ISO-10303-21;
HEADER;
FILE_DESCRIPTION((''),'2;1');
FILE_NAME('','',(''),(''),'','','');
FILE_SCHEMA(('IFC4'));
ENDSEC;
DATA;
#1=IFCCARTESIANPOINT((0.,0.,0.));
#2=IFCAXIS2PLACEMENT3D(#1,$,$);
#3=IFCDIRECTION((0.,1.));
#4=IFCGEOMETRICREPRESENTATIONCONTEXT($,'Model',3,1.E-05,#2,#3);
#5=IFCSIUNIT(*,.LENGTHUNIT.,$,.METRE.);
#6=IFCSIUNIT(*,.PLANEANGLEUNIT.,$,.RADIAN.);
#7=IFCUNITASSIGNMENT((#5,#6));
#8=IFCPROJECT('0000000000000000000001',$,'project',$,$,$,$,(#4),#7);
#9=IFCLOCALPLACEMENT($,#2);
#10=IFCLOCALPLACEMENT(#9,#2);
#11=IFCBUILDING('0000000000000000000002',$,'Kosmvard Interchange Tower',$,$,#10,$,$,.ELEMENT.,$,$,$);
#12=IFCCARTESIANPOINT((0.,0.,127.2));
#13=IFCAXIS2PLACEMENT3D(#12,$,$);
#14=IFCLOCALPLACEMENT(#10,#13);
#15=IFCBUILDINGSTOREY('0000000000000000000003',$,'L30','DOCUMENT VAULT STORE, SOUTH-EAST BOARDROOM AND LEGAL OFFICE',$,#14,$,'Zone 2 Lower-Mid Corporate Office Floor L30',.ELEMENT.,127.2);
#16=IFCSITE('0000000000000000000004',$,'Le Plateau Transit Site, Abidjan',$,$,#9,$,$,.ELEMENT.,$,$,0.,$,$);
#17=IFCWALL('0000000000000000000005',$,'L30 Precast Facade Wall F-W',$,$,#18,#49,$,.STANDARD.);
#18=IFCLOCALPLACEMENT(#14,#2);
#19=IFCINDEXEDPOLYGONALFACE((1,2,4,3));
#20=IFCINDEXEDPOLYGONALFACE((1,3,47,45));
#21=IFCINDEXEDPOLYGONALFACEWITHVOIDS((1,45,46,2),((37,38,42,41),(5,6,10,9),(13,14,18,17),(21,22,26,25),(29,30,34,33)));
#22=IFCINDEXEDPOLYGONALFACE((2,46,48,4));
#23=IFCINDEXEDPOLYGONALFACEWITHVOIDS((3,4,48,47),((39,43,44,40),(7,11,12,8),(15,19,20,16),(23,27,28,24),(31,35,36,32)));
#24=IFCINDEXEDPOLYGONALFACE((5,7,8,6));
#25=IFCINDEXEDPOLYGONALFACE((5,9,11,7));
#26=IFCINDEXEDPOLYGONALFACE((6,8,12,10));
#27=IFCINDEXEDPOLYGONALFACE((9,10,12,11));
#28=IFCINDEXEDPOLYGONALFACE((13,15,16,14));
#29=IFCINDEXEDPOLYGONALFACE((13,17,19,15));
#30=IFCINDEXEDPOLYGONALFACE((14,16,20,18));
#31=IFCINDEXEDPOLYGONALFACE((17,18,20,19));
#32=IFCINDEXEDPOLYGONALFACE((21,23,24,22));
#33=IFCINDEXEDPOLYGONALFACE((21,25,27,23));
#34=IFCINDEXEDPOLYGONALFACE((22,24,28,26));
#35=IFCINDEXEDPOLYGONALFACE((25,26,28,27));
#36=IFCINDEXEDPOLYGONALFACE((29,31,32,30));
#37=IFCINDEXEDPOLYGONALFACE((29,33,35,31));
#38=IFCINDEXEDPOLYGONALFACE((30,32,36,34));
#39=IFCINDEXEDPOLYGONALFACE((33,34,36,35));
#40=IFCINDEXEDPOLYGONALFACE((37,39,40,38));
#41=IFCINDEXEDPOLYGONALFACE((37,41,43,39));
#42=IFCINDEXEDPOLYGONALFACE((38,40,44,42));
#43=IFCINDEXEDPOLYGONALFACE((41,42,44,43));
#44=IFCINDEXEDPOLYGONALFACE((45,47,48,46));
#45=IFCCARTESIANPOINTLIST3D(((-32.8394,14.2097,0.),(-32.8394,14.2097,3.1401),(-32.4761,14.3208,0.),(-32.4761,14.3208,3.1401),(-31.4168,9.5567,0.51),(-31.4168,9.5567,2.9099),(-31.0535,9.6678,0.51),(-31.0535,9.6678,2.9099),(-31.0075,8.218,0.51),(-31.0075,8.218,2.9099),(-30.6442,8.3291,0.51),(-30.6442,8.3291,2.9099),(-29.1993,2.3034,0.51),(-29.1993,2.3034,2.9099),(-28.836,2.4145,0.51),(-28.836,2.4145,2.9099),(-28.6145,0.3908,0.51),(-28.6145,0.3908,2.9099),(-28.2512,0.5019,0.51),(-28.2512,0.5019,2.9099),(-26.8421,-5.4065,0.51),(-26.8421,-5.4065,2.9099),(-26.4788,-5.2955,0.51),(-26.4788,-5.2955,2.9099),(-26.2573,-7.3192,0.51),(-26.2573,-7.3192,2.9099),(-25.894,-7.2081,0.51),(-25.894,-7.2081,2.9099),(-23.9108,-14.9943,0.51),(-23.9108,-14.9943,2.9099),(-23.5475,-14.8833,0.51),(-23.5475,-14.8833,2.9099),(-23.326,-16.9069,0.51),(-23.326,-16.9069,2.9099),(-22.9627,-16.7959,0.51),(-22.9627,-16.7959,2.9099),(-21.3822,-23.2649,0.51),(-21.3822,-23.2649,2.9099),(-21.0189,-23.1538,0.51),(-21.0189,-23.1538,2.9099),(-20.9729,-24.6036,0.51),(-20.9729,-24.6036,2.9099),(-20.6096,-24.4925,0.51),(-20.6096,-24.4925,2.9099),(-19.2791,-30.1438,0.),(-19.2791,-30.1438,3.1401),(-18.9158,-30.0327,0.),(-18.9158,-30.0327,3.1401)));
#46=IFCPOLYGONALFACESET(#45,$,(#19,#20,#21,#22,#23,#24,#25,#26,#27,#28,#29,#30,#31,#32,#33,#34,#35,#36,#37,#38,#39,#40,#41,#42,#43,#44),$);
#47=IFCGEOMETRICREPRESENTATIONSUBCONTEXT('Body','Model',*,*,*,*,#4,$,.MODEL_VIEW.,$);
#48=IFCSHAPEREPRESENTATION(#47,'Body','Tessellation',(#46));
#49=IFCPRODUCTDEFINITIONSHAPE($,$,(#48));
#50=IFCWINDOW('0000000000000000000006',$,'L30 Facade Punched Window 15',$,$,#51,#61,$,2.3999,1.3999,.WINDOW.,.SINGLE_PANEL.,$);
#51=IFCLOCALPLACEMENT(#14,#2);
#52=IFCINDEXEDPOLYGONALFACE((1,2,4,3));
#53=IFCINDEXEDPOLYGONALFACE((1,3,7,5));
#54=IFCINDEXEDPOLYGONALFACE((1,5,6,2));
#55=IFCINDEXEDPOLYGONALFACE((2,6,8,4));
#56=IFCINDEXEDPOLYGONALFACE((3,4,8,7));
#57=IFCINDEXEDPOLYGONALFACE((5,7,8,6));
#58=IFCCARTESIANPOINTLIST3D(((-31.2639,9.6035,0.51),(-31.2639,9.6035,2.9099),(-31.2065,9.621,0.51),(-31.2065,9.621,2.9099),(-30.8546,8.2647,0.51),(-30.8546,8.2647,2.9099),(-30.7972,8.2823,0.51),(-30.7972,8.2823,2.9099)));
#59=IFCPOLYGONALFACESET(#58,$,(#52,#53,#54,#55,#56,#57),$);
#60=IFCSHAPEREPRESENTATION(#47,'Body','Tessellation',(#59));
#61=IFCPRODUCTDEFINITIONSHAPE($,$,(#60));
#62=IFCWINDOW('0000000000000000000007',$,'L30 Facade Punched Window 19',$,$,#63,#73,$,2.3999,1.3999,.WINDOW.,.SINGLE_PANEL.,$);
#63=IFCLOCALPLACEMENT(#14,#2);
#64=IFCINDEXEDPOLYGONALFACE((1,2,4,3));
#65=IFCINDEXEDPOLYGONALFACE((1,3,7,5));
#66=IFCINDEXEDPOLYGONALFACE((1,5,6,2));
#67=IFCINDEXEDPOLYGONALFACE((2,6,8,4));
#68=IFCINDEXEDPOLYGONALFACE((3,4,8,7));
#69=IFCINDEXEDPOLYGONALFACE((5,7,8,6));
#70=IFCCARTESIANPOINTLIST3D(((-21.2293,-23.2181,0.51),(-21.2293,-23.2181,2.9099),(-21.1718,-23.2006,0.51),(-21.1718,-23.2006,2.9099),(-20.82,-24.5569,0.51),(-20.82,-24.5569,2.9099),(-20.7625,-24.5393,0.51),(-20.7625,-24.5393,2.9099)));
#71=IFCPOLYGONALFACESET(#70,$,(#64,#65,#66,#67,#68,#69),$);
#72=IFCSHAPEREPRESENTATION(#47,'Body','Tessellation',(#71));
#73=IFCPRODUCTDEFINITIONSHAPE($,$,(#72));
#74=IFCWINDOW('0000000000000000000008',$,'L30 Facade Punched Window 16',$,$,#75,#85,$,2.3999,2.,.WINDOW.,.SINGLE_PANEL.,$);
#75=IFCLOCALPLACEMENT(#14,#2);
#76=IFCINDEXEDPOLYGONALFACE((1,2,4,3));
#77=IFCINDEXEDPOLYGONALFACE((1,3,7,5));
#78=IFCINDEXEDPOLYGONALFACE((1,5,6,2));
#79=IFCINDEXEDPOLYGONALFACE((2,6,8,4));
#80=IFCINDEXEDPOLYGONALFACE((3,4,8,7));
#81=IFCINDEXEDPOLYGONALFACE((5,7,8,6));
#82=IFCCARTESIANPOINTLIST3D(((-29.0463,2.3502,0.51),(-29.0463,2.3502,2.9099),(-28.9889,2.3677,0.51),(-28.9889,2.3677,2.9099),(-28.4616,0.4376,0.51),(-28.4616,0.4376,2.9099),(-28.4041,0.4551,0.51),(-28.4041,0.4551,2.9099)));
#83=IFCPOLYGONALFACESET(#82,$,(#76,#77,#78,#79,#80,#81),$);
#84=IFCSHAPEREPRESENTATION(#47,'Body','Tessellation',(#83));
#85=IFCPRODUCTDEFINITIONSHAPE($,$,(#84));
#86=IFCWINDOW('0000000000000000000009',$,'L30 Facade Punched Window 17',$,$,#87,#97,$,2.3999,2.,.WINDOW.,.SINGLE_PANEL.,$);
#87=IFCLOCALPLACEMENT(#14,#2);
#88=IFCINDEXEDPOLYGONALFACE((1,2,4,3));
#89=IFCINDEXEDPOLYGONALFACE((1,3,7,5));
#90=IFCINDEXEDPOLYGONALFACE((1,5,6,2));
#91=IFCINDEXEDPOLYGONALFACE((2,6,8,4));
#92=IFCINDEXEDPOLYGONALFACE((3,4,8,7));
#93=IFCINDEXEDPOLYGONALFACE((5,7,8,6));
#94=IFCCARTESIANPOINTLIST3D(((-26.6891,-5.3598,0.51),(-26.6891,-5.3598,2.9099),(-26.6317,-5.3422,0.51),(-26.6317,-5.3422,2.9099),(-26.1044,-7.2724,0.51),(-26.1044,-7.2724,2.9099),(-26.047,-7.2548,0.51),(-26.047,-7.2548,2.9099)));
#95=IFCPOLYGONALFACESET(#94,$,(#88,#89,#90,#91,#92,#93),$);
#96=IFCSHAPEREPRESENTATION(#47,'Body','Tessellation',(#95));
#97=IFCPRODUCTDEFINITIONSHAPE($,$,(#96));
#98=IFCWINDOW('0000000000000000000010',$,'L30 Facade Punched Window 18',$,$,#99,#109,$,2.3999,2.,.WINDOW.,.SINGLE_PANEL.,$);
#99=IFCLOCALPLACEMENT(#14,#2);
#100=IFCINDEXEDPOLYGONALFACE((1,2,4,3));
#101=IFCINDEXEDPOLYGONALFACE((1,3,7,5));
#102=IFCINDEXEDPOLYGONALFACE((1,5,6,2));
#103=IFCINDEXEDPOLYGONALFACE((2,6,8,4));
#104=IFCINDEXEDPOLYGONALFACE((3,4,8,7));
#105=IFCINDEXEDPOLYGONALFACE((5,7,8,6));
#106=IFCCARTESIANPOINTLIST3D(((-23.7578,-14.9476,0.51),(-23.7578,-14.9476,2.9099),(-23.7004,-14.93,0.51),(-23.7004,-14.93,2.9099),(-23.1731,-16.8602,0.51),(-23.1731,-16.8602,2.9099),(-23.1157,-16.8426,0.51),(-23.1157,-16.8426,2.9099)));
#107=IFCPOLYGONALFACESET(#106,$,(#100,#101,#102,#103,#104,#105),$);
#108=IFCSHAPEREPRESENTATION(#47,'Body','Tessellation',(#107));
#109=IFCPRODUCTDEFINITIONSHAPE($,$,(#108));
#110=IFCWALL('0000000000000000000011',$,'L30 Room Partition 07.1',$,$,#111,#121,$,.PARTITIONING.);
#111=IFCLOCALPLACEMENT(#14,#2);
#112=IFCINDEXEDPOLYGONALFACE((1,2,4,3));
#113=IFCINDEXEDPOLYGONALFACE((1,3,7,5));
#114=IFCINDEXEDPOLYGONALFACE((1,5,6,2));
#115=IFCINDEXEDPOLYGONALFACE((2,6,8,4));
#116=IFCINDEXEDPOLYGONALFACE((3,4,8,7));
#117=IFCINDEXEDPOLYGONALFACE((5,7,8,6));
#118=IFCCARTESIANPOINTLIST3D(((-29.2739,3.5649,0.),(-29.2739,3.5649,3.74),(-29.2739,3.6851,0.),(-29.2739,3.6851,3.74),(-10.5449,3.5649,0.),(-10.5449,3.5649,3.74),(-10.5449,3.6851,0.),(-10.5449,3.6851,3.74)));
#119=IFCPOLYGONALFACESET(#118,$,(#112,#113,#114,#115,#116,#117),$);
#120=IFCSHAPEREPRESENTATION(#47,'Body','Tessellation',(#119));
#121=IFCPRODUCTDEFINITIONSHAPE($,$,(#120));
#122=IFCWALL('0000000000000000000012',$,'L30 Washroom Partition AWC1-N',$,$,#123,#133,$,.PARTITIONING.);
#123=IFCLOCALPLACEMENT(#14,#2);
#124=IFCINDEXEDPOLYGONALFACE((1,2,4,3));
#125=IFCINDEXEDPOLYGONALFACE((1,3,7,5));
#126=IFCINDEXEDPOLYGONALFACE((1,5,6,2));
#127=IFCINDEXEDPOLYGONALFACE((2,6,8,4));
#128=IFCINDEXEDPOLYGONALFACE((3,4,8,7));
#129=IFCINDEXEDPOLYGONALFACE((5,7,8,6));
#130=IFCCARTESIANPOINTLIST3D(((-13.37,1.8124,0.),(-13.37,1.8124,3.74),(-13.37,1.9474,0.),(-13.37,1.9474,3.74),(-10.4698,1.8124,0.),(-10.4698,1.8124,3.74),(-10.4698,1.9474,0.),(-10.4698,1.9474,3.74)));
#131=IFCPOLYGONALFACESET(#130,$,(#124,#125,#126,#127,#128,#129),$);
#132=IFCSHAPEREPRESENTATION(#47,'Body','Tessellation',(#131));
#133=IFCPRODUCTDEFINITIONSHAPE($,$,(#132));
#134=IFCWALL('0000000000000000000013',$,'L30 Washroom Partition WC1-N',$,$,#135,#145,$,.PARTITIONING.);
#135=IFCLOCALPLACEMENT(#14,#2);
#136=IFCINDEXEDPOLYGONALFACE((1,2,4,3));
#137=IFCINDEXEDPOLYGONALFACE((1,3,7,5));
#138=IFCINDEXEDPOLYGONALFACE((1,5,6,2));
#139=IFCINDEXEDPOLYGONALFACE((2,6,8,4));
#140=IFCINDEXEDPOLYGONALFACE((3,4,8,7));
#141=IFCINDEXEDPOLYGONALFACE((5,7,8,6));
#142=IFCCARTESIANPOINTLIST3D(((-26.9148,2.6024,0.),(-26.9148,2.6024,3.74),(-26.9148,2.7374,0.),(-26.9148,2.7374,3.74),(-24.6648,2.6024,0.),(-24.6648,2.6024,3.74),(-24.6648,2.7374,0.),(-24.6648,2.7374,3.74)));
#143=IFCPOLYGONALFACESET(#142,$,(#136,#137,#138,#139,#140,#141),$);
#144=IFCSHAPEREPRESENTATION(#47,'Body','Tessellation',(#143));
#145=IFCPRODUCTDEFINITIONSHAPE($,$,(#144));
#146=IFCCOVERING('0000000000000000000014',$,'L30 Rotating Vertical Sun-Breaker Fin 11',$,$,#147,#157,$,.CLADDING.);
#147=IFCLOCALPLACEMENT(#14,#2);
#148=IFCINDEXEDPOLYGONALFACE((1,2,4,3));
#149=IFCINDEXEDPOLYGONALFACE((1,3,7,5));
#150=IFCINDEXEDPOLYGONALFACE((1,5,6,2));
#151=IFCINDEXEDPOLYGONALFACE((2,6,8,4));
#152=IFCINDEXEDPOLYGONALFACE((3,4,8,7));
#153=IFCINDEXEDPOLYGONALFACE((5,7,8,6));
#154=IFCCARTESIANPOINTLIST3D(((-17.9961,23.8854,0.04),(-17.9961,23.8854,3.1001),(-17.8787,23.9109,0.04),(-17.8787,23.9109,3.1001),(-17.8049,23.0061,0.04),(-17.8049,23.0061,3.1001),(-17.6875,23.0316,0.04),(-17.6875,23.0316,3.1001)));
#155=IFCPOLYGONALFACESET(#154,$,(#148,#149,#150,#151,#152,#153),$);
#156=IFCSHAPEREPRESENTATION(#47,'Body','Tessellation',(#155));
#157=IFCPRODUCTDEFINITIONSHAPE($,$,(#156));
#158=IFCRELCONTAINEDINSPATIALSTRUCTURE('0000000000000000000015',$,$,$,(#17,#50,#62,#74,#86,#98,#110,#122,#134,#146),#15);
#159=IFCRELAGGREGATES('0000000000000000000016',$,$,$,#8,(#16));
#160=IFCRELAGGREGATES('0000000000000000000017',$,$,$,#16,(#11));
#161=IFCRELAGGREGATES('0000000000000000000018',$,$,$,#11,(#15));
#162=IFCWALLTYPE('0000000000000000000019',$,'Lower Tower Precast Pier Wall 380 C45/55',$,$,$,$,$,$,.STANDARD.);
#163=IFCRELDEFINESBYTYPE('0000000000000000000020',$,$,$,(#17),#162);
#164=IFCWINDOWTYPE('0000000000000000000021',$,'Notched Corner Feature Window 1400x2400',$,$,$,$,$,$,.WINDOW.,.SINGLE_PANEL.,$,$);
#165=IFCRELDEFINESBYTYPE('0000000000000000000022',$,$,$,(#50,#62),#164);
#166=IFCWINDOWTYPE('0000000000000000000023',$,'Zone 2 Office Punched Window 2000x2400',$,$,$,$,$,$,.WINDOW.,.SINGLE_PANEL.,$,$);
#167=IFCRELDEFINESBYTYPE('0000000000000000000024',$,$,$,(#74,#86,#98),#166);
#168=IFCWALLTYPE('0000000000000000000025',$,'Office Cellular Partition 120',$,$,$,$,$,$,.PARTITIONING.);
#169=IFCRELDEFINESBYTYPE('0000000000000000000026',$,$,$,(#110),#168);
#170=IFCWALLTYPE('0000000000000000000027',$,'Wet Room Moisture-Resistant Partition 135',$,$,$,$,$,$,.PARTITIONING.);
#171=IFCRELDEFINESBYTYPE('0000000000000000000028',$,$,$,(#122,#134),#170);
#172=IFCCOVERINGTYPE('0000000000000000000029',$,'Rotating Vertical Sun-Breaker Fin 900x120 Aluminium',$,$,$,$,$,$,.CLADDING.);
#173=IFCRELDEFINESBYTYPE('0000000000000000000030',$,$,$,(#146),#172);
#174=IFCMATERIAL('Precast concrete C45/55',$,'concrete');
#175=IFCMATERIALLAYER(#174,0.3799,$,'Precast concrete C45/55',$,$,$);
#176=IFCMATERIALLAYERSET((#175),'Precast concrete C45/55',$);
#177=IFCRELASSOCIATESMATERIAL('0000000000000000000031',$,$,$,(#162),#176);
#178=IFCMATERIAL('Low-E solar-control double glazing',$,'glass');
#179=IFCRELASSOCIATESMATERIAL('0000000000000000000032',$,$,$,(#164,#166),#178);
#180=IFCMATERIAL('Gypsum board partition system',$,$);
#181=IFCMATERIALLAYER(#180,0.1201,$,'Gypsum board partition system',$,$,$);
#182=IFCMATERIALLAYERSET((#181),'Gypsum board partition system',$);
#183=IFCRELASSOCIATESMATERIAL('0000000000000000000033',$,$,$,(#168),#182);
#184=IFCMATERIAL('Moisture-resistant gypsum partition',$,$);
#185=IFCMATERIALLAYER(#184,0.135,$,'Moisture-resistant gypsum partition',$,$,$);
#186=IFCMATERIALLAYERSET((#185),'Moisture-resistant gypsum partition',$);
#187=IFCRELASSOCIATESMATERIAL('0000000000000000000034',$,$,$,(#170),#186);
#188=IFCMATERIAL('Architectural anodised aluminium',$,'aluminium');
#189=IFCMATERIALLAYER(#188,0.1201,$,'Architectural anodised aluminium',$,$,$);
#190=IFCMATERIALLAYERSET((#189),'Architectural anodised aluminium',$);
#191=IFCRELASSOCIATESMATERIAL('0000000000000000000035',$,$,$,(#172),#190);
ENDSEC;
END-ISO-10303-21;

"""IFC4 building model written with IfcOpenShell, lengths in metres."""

from ifc_helpers import new_model, si_unit, direction, frame, frame_2d, origin, origin_2d, place, context, subcontext, project, spatial, rectangle, extrude, source, transform, mapped, material, layer, layer_set, type_object, element, fill, save


model = new_model("IFC4")

# Units and contexts
model_context = context("Model", 3, precision=1e-05, world=origin(), true_north=direction((0.0, 1.0)))
body_context = subcontext(model_context, "Body", "Model", "MODEL_VIEW")
ifc_project = project(units=[si_unit("LENGTHUNIT", "METRE"), si_unit("PLANEANGLEUNIT", "RADIAN")], contexts=[model_context])

# Site, building, storey
site_placement = place(None, origin())
site = spatial("IfcSite", under=ifc_project, at=site_placement, Name="Le Plateau Transit Site, Abidjan", CompositionType="ELEMENT", RefElevation=0.0)
building_placement = place(site_placement, origin())
building = spatial("IfcBuilding", under=site, at=building_placement, Name="Kosmvard Interchange Tower", CompositionType="ELEMENT")
storey_placement = place(building_placement, frame((0.0, 0.0, 127.2)))
storey = spatial("IfcBuildingStorey", under=building, at=storey_placement, Name="L30", Description="DOCUMENT VAULT STORE, SOUTH-EAST BOARDROOM AND LEGAL OFFICE", LongName="Zone 2 Lower-Mid Corporate Office Floor L30", CompositionType="ELEMENT", Elevation=127.2)

# Shared definitions
ifc_material_1 = material(Name="Precast concrete C45/55", Category="concrete")

# Shared definitions
ifc_layer_1 = layer(ifc_material_1, 0.3799, Name="Precast concrete C45/55")
ifc_layer_set_1 = layer_set([ifc_layer_1], Name="Precast concrete C45/55")
wall_type_1 = type_object("IfcWallType", Name="Lower Tower Precast Pier Wall 380 C45/55", PredefinedType="STANDARD", material=ifc_layer_set_1)

# Shared definitions
ifc_material_2 = material(Name="Low-E solar-control double glazing", Category="glass")
window_type_1 = type_object("IfcWindowType", Name="Notched Corner Feature Window 1400x2400", PartitioningType="SINGLE_PANEL", PredefinedType="WINDOW", material=ifc_material_2)
shared_shape_1 = source(origin(), body_context, "Body", "SweptSolid", [
    extrude(rectangle(XDim=1.3999, YDim=2.3999, at=frame_2d((0.7, 1.2))), frame((0.0, 0.03, 0.0), z_axis=(0.0, -1.0, 0.0), x_axis=(1.0, 0.0, 0.0)), (0.0, 0.0, 1.0), 0.0601),
])

# Wall, openings, windows
wall_1_placement = place(storey_placement, frame((-32.6577, 14.2651, 0.0), z_axis=(0.0, 0.0, 1.0), x_axis=(0.292373, -0.956304, 0.0)))
wall_1 = element("IfcWall", 1, at=wall_1_placement, inside=storey, type_object=wall_type_1, Name="L30 Precast Facade Wall F-W", PredefinedType="STANDARD", context=body_context, shape_type="SweptSolid", body=[
    extrude(rectangle(XDim=46.3801, YDim=0.3799, at=frame_2d((23.1899, 0.0))), origin(), (0.0, 0.0, 1.0), 3.1401),
])
opening_1_placement = place(wall_1_placement, frame((4.8655, 0.0, 0.51)))
opening_1 = element("IfcOpeningElement", 2, at=opening_1_placement, cuts=wall_1, PredefinedType="OPENING", context=body_context, shape_type="SweptSolid", body=[
    extrude(rectangle(XDim=1.3999, YDim=2.3999, at=frame_2d((0.7, 1.2))), frame((0.0, 0.2, 0.0), z_axis=(0.0, -1.0, 0.0), x_axis=(1.0, 0.0, 0.0)), (0.0, 0.0, 1.0), 0.3999),
])
opening_2_placement = place(wall_1_placement, frame((12.4502, 0.0, 0.51)))
opening_2 = element("IfcOpeningElement", 3, at=opening_2_placement, cuts=wall_1, PredefinedType="OPENING", context=body_context, shape_type="SweptSolid", body=[
    extrude(rectangle(XDim=2.0, YDim=2.3999, at=frame_2d((1.0, 1.2))), frame((0.0, 0.2, 0.0), z_axis=(0.0, -1.0, 0.0), x_axis=(1.0, 0.0, 0.0)), (0.0, 0.0, 1.0), 0.3999),
])
opening_3_placement = place(wall_1_placement, frame((20.5125, 0.0, 0.51)))
opening_3 = element("IfcOpeningElement", 4, at=opening_3_placement, cuts=wall_1, PredefinedType="OPENING", context=body_context, shape_type="SweptSolid", body=[
    extrude(rectangle(XDim=2.0, YDim=2.3999, at=frame_2d((1.0, 1.2))), frame((0.0, 0.2, 0.0), z_axis=(0.0, -1.0, 0.0), x_axis=(1.0, 0.0, 0.0)), (0.0, 0.0, 1.0), 0.3999),
])
opening_4_placement = place(wall_1_placement, frame((30.5383, 0.0, 0.51)))
opening_4 = element("IfcOpeningElement", 5, at=opening_4_placement, cuts=wall_1, PredefinedType="OPENING", context=body_context, shape_type="SweptSolid", body=[
    extrude(rectangle(XDim=2.0, YDim=2.3999, at=frame_2d((1.0, 1.2))), frame((0.0, 0.2, 0.0), z_axis=(0.0, -1.0, 0.0), x_axis=(1.0, 0.0, 0.0)), (0.0, 0.0, 1.0), 0.3999),
])
opening_5_placement = place(wall_1_placement, frame((39.1868, 0.0, 0.51)))
opening_5 = element("IfcOpeningElement", 6, at=opening_5_placement, cuts=wall_1, PredefinedType="OPENING", context=body_context, shape_type="SweptSolid", body=[
    extrude(rectangle(XDim=1.3999, YDim=2.3999, at=frame_2d((0.7, 1.2))), frame((0.0, 0.2, 0.0), z_axis=(0.0, -1.0, 0.0), x_axis=(1.0, 0.0, 0.0)), (0.0, 0.0, 1.0), 0.3999),
])
window_1_placement = place(opening_1_placement, origin())
window_1 = element("IfcWindow", 7, at=window_1_placement, inside=storey, type_object=window_type_1, Name="L30 Facade Punched Window 15", OverallHeight=2.3999, OverallWidth=1.3999, PartitioningType="SINGLE_PANEL", PredefinedType="WINDOW", context=body_context, shape_type="MappedRepresentation", body=[
    mapped(shared_shape_1, transform((0.0, 0.0, 0.0), scale=1.0)),
])
fill(opening_1, window_1)
window_2_placement = place(opening_5_placement, origin())
window_2 = element("IfcWindow", 8, at=window_2_placement, inside=storey, type_object=window_type_1, Name="L30 Facade Punched Window 19", OverallHeight=2.3999, OverallWidth=1.3999, PartitioningType="SINGLE_PANEL", PredefinedType="WINDOW", context=body_context, shape_type="MappedRepresentation", body=[
    mapped(shared_shape_1, transform((0.0, 0.0, 0.0), scale=1.0)),
])
fill(opening_5, window_2)
window_type_2 = type_object("IfcWindowType", Name="Zone 2 Office Punched Window 2000x2400", PartitioningType="SINGLE_PANEL", PredefinedType="WINDOW", material=ifc_material_2)
shared_shape_2 = source(origin(), body_context, "Body", "SweptSolid", [
    extrude(rectangle(XDim=2.0, YDim=2.3999, at=frame_2d((1.0, 1.2))), frame((0.0, 0.03, 0.0), z_axis=(0.0, -1.0, 0.0), x_axis=(1.0, 0.0, 0.0)), (0.0, 0.0, 1.0), 0.0601),
])
window_3_placement = place(opening_2_placement, origin())
window_3 = element("IfcWindow", 9, at=window_3_placement, inside=storey, type_object=window_type_2, Name="L30 Facade Punched Window 16", OverallHeight=2.3999, OverallWidth=2.0, PartitioningType="SINGLE_PANEL", PredefinedType="WINDOW", context=body_context, shape_type="MappedRepresentation", body=[
    mapped(shared_shape_2, transform((0.0, 0.0, 0.0), scale=1.0)),
])
fill(opening_2, window_3)
window_4_placement = place(opening_3_placement, origin())
window_4 = element("IfcWindow", 10, at=window_4_placement, inside=storey, type_object=window_type_2, Name="L30 Facade Punched Window 17", OverallHeight=2.3999, OverallWidth=2.0, PartitioningType="SINGLE_PANEL", PredefinedType="WINDOW", context=body_context, shape_type="MappedRepresentation", body=[
    mapped(shared_shape_2, transform((0.0, 0.0, 0.0), scale=1.0)),
])
fill(opening_3, window_4)
window_5_placement = place(opening_4_placement, origin())
window_5 = element("IfcWindow", 11, at=window_5_placement, inside=storey, type_object=window_type_2, Name="L30 Facade Punched Window 18", OverallHeight=2.3999, OverallWidth=2.0, PartitioningType="SINGLE_PANEL", PredefinedType="WINDOW", context=body_context, shape_type="MappedRepresentation", body=[
    mapped(shared_shape_2, transform((0.0, 0.0, 0.0), scale=1.0)),
])
fill(opening_4, window_5)

# Walls
ifc_material_3 = material(Name="Gypsum board partition system")
ifc_layer_2 = layer(ifc_material_3, 0.1201, Name="Gypsum board partition system")
ifc_layer_set_2 = layer_set([ifc_layer_2], Name="Gypsum board partition system")
wall_type_2 = type_object("IfcWallType", Name="Office Cellular Partition 120", PredefinedType="PARTITIONING", material=ifc_layer_set_2)
wall_2_placement = place(storey_placement, frame((-29.2739, 3.625, 0.0), z_axis=(0.0, 0.0, 1.0), x_axis=(1.0, 0.0, 0.0)))
element("IfcWall", 12, at=wall_2_placement, inside=storey, type_object=wall_type_2, Name="L30 Room Partition 07.1", PredefinedType="PARTITIONING", context=body_context, shape_type="SweptSolid", body=[
    extrude(rectangle(XDim=18.729, YDim=0.1201, at=frame_2d((9.3645, 0.0))), origin(), (0.0, 0.0, 1.0), 3.74),
])
ifc_material_4 = material(Name="Moisture-resistant gypsum partition")
ifc_layer_3 = layer(ifc_material_4, 0.135, Name="Moisture-resistant gypsum partition")
ifc_layer_set_3 = layer_set([ifc_layer_3], Name="Moisture-resistant gypsum partition")
wall_type_3 = type_object("IfcWallType", Name="Wet Room Moisture-Resistant Partition 135", PredefinedType="PARTITIONING", material=ifc_layer_set_3)
wall_3_placement = place(storey_placement, frame((-13.3701, 1.8799, 0.0), z_axis=(0.0, 0.0, 1.0), x_axis=(1.0, 0.0, 0.0)))
element("IfcWall", 13, at=wall_3_placement, inside=storey, type_object=wall_type_3, Name="L30 Washroom Partition AWC1-N", PredefinedType="PARTITIONING", context=body_context, shape_type="SweptSolid", body=[
    extrude(rectangle(XDim=2.9001, YDim=0.135, at=frame_2d((1.4502, 0.0))), origin(), (0.0, 0.0, 1.0), 3.74),
])
wall_4_placement = place(storey_placement, frame((-26.9148, 2.6699, 0.0), z_axis=(0.0, 0.0, 1.0), x_axis=(1.0, 0.0, 0.0)))
element("IfcWall", 14, at=wall_4_placement, inside=storey, type_object=wall_type_3, Name="L30 Washroom Partition WC1-N", PredefinedType="PARTITIONING", context=body_context, shape_type="SweptSolid", body=[
    extrude(rectangle(XDim=2.25, YDim=0.135, at=frame_2d((1.125, 0.0))), origin(), (0.0, 0.0, 1.0), 3.74),
])

# Covering
ifc_material_5 = material(Name="Architectural anodised aluminium", Category="aluminium")
ifc_layer_4 = layer(ifc_material_5, 0.1201, Name="Architectural anodised aluminium")
ifc_layer_set_4 = layer_set([ifc_layer_4], Name="Architectural anodised aluminium")
covering_type = type_object("IfcCoveringType", Name="Rotating Vertical Sun-Breaker Fin 900x120 Aluminium", PredefinedType="CLADDING", material=ifc_layer_set_4)
shared_shape_3 = source(origin(), body_context, "Body", "SweptSolid", [
    extrude(rectangle(XDim=0.8999, YDim=0.1201, at=origin_2d()), origin(), (0.0, 0.0, 1.0), 3.0601),
])
for number, where, z_axis, x_axis, name in (
    (15, (-17.8418, 23.4585, 0.04), (0.0, 0.0, 1.0), (-0.212519, 0.977157, 0.0), "L30 Rotating Vertical Sun-Breaker Fin 11"),
):
    element("IfcCovering", number, at=place(storey_placement, frame(where, z_axis=z_axis, x_axis=x_axis)), inside=storey, type_object=covering_type, Name=name, PredefinedType="CLADDING", context=body_context, shape_type="MappedRepresentation", body=[
        mapped(shared_shape_3, transform((0.0, 0.0, 0.0), scale=1.0)),
    ])

save(model, "model.ifc")
